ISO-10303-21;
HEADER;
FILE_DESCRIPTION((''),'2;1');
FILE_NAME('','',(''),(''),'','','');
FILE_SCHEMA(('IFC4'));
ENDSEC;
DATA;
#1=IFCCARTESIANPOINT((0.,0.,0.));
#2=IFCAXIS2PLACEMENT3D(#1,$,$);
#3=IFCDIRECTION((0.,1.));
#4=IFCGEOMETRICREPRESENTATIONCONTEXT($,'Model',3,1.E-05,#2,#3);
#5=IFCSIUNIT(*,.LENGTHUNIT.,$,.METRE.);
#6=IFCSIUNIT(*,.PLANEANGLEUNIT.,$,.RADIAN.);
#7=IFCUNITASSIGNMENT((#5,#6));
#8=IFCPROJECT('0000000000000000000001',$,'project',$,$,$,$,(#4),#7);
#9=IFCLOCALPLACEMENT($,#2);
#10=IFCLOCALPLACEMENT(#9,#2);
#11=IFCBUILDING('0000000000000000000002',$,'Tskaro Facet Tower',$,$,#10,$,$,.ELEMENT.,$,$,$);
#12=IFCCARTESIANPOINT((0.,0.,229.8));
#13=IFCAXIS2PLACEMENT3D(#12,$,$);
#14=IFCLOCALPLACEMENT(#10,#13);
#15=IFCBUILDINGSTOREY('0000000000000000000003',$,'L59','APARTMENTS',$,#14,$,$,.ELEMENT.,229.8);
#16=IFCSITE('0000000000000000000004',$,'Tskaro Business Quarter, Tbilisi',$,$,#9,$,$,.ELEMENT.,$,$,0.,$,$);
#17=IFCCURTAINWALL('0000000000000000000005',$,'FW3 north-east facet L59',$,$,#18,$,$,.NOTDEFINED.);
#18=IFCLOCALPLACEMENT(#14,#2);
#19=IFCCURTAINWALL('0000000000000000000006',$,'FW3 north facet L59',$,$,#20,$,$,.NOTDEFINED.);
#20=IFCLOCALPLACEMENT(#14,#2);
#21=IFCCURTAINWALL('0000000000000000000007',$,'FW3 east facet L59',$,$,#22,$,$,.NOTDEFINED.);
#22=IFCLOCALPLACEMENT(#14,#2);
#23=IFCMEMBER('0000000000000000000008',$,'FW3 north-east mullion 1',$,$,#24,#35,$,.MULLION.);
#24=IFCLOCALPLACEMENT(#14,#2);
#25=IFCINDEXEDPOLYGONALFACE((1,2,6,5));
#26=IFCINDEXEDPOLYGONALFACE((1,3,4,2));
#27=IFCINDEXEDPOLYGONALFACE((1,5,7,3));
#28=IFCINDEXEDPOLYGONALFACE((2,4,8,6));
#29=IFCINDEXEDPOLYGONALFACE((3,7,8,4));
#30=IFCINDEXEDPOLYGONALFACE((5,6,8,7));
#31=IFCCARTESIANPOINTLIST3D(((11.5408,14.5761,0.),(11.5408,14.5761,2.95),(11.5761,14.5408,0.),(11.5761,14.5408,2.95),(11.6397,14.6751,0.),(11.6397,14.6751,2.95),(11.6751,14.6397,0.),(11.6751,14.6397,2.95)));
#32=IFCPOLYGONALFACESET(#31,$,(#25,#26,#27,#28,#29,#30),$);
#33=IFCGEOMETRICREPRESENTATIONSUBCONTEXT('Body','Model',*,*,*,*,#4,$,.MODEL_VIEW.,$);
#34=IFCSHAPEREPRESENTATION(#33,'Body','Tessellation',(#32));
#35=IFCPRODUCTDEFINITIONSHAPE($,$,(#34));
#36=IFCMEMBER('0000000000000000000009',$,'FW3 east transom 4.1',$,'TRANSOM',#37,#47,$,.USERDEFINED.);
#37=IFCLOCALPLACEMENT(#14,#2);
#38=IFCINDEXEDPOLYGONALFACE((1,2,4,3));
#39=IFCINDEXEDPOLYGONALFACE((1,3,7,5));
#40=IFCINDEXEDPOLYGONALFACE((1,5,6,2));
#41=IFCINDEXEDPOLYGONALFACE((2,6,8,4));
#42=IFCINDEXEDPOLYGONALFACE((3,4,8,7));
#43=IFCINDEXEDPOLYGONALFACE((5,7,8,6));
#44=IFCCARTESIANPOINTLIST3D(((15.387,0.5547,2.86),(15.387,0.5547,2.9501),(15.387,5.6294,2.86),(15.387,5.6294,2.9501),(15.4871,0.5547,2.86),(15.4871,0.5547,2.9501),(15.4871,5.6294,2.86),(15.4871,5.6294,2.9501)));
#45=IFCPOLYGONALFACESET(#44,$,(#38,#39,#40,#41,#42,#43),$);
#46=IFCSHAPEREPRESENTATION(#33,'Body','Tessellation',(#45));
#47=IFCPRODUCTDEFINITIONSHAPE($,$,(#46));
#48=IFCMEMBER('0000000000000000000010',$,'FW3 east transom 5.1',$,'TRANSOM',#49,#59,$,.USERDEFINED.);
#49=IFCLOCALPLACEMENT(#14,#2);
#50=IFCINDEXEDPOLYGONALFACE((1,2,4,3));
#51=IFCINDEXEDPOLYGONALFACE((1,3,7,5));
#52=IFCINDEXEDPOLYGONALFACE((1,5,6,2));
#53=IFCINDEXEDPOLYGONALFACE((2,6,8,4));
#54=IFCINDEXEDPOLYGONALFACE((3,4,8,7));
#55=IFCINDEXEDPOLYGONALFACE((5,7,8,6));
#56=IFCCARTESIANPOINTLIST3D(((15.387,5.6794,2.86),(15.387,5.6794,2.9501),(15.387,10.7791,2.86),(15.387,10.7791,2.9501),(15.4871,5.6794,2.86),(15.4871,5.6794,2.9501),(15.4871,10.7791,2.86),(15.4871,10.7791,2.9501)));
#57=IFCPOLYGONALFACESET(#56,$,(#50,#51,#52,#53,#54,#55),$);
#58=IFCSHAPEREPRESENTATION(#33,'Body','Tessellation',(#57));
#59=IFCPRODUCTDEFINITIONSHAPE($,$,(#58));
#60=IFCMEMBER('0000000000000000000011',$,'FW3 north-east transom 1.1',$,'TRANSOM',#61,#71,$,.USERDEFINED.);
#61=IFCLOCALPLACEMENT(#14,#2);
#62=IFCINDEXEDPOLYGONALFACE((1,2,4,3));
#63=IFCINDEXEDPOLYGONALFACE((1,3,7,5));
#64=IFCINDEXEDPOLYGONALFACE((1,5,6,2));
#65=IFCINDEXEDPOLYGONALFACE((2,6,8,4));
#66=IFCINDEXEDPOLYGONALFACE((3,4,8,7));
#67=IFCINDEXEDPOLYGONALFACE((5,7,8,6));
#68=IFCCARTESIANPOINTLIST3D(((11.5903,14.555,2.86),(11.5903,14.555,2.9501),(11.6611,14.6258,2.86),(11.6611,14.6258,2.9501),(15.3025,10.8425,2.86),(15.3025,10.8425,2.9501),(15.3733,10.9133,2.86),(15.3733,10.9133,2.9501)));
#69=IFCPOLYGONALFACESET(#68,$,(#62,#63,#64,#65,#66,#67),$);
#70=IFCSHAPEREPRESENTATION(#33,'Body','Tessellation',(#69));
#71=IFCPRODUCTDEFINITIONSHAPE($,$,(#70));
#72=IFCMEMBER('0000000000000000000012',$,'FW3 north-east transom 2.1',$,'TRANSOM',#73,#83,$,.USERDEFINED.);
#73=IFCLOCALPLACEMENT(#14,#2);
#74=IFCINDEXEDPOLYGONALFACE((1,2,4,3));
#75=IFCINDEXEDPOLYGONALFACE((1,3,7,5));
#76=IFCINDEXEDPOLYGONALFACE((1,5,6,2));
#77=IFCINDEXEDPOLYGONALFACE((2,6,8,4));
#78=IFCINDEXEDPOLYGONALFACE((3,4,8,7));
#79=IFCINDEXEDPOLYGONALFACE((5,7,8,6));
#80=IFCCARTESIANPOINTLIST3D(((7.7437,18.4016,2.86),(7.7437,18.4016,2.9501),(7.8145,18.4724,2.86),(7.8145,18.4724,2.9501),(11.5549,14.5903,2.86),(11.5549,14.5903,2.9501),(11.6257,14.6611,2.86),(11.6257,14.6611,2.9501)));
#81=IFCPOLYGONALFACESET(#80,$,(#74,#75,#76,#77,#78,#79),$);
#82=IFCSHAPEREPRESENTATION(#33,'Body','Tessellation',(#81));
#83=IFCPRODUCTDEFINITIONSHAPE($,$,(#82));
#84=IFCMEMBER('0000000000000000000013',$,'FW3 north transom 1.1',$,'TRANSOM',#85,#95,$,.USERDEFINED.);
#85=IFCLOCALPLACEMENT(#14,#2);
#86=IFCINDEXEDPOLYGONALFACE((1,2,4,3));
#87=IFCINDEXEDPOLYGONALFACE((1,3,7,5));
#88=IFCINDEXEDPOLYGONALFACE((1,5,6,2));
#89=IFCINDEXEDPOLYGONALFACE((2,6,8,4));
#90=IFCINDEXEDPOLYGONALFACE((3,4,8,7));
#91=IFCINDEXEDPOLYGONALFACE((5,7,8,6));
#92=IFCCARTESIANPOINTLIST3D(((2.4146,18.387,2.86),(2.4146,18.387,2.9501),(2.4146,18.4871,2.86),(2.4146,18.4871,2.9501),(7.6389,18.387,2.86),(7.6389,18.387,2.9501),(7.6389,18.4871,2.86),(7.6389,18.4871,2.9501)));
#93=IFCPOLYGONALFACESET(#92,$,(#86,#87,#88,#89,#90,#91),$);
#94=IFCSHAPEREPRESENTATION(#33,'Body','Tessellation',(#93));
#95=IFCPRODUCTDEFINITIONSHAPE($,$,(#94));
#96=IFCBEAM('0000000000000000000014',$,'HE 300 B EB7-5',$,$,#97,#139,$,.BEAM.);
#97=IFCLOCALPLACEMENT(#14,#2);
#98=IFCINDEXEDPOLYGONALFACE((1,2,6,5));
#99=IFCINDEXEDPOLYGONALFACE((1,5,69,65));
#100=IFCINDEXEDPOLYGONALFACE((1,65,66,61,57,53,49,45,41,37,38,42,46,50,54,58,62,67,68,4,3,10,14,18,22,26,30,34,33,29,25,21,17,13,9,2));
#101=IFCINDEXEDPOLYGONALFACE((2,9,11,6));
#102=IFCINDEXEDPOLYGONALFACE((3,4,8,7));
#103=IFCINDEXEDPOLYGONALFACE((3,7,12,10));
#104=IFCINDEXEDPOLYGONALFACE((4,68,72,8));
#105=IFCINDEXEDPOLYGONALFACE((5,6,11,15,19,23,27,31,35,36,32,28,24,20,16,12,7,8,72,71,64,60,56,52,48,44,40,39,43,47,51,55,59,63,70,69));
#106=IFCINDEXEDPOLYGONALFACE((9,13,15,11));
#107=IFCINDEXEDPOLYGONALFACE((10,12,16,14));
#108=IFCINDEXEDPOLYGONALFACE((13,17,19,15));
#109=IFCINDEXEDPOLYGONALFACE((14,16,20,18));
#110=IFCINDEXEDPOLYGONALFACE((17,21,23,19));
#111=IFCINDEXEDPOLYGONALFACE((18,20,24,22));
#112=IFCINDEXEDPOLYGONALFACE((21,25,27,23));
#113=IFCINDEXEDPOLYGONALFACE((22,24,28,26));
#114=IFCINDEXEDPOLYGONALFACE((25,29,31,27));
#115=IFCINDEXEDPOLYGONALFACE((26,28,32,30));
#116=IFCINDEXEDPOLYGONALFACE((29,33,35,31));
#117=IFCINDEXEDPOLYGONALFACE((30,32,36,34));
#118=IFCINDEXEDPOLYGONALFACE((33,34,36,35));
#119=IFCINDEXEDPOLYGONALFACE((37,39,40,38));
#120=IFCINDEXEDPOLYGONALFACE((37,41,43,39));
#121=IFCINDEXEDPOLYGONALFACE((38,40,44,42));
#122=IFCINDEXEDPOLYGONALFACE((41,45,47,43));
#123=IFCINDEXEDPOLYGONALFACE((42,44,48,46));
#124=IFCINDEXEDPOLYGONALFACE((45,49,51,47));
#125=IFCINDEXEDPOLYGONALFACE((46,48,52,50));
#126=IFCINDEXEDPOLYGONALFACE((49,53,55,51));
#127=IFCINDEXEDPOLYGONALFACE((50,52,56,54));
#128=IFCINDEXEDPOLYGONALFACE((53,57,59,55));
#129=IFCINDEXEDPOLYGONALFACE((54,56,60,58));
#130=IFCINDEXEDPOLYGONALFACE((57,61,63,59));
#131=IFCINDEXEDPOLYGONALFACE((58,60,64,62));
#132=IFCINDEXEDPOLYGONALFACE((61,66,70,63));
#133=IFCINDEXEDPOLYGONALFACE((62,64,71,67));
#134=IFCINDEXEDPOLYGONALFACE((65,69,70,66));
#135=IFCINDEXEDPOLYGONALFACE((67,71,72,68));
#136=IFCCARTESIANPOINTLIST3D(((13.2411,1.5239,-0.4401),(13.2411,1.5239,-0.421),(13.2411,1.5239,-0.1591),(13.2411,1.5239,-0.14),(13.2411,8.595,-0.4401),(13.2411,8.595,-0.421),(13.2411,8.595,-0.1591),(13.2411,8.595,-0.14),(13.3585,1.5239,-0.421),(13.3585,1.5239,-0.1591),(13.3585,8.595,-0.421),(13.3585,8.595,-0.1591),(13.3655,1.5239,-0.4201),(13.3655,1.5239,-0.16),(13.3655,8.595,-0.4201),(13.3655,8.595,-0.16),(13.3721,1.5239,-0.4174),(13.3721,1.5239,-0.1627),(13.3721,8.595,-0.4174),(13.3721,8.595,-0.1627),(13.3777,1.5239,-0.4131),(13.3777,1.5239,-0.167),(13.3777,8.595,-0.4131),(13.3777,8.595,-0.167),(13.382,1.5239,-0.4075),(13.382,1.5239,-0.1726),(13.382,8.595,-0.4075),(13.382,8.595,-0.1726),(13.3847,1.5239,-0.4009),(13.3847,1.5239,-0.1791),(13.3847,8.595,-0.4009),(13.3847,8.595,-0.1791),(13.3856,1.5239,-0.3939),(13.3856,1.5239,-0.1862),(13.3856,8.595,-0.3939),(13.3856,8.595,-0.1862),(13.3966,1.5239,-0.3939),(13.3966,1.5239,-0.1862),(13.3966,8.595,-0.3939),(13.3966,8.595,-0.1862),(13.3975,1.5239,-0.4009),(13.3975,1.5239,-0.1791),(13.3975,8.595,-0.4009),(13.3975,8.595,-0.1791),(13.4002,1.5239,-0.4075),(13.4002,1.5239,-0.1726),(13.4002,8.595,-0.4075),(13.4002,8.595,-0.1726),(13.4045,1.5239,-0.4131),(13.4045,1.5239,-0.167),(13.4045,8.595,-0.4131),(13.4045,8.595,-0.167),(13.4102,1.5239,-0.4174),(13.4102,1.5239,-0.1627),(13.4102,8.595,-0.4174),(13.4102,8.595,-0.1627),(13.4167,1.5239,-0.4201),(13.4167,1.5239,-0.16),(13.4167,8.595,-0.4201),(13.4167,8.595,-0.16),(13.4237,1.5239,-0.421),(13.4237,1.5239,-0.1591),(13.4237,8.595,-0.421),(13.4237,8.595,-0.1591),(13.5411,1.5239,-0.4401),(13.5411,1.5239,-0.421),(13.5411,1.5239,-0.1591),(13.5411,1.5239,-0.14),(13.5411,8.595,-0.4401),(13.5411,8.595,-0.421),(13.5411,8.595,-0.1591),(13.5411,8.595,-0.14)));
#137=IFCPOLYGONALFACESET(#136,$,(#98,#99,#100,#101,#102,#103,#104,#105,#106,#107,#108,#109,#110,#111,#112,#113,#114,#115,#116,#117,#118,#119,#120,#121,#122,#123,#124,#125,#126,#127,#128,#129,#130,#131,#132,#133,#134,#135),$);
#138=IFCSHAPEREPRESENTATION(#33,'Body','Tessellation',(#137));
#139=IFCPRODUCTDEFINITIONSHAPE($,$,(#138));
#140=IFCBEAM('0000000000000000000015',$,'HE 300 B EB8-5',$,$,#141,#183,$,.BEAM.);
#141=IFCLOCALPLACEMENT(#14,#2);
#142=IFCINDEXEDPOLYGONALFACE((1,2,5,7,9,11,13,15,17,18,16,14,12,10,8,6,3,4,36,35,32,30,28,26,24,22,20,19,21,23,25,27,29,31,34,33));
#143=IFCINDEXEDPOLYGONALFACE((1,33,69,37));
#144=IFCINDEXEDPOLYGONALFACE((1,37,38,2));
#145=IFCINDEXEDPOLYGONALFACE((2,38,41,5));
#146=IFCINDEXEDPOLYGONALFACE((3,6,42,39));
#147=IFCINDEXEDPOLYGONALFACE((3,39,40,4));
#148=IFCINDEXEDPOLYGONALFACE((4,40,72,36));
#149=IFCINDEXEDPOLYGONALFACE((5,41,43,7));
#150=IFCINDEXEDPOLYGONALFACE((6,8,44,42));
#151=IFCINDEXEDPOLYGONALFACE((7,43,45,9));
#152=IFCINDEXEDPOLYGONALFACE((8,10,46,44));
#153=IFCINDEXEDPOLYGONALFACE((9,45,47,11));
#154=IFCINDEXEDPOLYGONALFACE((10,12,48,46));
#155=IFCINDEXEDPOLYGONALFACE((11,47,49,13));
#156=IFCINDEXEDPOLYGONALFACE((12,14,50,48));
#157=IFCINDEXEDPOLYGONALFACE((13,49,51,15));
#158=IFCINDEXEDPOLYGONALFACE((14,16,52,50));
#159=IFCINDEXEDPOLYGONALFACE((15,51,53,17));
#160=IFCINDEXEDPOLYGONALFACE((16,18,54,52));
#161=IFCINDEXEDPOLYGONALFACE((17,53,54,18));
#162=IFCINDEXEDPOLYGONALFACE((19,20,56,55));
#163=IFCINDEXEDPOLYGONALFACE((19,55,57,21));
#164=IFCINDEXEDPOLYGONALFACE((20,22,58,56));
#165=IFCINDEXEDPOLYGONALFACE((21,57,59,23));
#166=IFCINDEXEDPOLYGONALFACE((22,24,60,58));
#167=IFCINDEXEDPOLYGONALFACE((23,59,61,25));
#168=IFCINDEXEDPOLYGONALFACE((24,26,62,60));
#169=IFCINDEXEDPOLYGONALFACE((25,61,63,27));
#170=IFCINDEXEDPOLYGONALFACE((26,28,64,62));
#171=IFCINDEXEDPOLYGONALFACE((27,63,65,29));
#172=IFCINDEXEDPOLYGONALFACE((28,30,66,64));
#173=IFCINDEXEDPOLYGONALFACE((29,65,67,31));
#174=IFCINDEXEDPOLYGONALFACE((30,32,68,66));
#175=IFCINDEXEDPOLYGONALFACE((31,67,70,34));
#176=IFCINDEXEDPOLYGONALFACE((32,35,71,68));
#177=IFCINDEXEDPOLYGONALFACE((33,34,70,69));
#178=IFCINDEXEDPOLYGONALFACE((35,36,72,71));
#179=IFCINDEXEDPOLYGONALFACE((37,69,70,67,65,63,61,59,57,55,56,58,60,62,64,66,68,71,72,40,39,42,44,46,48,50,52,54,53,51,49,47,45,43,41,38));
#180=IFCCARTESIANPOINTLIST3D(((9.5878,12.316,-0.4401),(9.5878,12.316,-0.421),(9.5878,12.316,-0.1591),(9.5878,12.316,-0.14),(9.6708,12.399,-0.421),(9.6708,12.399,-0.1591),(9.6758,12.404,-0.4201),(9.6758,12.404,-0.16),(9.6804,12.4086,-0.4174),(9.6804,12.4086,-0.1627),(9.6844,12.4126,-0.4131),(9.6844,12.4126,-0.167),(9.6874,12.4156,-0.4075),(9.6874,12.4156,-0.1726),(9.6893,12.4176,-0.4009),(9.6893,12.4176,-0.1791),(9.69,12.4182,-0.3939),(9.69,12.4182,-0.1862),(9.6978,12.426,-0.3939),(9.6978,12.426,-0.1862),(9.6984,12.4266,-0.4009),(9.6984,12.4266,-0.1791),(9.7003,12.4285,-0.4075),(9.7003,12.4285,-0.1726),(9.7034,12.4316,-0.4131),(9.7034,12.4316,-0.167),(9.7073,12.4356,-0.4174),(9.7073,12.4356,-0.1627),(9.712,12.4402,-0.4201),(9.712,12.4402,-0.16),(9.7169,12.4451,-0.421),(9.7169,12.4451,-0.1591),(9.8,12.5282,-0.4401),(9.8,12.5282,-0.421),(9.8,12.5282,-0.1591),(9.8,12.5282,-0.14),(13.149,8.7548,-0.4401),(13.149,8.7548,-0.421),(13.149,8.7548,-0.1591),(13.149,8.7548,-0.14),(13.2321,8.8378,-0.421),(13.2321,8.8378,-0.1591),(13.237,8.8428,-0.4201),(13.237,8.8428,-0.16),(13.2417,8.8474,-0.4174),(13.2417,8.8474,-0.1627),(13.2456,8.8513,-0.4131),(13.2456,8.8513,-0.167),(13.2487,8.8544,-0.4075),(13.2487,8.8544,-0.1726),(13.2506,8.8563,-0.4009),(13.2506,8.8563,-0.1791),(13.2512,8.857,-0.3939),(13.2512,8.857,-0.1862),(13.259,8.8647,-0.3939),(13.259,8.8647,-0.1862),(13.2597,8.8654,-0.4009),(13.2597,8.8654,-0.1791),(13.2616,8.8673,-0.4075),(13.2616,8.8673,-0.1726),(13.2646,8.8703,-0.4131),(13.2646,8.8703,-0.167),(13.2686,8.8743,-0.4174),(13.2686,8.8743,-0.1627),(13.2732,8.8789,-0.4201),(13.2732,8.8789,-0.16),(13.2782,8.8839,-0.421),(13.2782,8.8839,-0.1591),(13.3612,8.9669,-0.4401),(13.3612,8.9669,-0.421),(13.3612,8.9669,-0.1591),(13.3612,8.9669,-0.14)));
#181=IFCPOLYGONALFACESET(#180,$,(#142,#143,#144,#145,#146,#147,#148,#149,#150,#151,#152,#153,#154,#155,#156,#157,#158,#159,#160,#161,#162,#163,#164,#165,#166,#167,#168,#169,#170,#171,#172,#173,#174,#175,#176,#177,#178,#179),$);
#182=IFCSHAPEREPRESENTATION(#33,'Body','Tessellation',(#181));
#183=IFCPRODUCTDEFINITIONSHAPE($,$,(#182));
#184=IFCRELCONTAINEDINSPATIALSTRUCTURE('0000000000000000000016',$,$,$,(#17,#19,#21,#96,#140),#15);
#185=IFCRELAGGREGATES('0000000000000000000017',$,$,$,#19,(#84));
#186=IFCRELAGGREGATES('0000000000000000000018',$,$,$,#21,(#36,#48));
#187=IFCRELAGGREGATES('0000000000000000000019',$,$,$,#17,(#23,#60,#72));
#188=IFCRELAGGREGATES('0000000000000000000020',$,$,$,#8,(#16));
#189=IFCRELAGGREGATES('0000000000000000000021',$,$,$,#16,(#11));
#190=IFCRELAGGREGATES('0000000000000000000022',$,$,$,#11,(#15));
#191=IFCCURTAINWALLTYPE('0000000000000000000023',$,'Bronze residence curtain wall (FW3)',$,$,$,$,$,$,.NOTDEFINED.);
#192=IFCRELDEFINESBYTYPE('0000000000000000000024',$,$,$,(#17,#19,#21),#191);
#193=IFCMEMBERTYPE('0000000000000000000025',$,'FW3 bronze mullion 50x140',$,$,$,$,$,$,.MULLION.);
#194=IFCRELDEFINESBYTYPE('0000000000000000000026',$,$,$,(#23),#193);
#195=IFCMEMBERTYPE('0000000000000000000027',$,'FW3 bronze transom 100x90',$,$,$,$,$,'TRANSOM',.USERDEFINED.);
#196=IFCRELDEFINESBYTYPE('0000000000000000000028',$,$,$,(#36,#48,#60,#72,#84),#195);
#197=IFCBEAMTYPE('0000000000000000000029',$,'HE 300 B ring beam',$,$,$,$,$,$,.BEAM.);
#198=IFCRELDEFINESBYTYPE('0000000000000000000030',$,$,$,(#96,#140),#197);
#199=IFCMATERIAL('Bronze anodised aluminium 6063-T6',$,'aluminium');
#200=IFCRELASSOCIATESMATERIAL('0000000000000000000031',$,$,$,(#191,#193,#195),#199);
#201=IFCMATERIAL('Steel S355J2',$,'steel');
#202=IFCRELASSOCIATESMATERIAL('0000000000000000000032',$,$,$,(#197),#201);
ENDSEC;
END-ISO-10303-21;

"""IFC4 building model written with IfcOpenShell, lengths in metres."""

from ifc_helpers import new_model, si_unit, direction, frame, origin, origin_2d, place, context, subcontext, project, spatial, rectangle, i_section, extrude, material, material_profile, profile_set, type_object, element, aggregate, save


model = new_model("IFC4")

# Units and contexts
model_context = context("Model", 3, precision=1e-05, world=origin(), true_north=direction((0.0, 1.0)))
body_context = subcontext(model_context, "Body", "Model", "MODEL_VIEW")
ifc_project = project(units=[si_unit("LENGTHUNIT", "METRE"), si_unit("PLANEANGLEUNIT", "RADIAN")], contexts=[model_context])

# Site, building, storey
site_placement = place(None, origin())
site = spatial("IfcSite", under=ifc_project, at=site_placement, Name="Tskaro Business Quarter, Tbilisi", CompositionType="ELEMENT", RefElevation=0.0)
building_placement = place(site_placement, origin())
building = spatial("IfcBuilding", under=site, at=building_placement, Name="Tskaro Facet Tower", CompositionType="ELEMENT")
storey_placement = place(building_placement, frame((0.0, 0.0, 229.8)))
storey = spatial("IfcBuildingStorey", under=building, at=storey_placement, Name="L59", Description="APARTMENTS", CompositionType="ELEMENT", Elevation=229.8)

# Shared definitions
ifc_material_1 = material(Name="Steel S355J2", Category="steel")

# Curtain walls
ifc_material_2 = material(Name="Bronze anodised aluminium 6063-T6", Category="aluminium")
curtain_wall_type = type_object("IfcCurtainWallType", Name="Bronze residence curtain wall (FW3)", PredefinedType="NOTDEFINED", material=ifc_material_2)
curtain_wall_1_placement = place(storey_placement, origin())
curtain_wall_1 = element("IfcCurtainWall", 1, at=curtain_wall_1_placement, inside=storey, type_object=curtain_wall_type, Name="FW3 north-east facet L59", PredefinedType="NOTDEFINED")
curtain_wall_2_placement = place(storey_placement, origin())
curtain_wall_2 = element("IfcCurtainWall", 2, at=curtain_wall_2_placement, inside=storey, type_object=curtain_wall_type, Name="FW3 north facet L59", PredefinedType="NOTDEFINED")

# Curtain wall
curtain_wall_3_placement = place(storey_placement, origin())
curtain_wall_3 = element("IfcCurtainWall", 3, at=curtain_wall_3_placement, inside=storey, type_object=curtain_wall_type, Name="FW3 east facet L59", PredefinedType="NOTDEFINED")
ifc_material_profile_1 = material_profile(ifc_material_2, rectangle(XDim=0.05, YDim=0.1399, at=origin_2d()), Name="Mullion 50x140")
ifc_profile_set_1 = profile_set([ifc_material_profile_1], Name="Bronze anodised aluminium 6063-T6")
member_type_1 = type_object("IfcMemberType", Name="FW3 bronze mullion 50x140", PredefinedType="MULLION", material=ifc_profile_set_1)

# Members
member_1_placement = place(storey_placement, frame((11.6079, 14.6079, 0.0), z_axis=(0.0, 0.0, 1.0), x_axis=(-0.707107, 0.707107, 0.0)))
member_1 = element("IfcMember", 4, at=member_1_placement, type_object=member_type_1, Name="FW3 north-east mullion 1", PredefinedType="MULLION", context=body_context, shape_type="SweptSolid", body=[
    extrude(rectangle(XDim=0.05, YDim=0.1399, at=origin_2d()), origin(), (0.0, 0.0, 1.0), 2.95),
])
ifc_material_profile_2 = material_profile(ifc_material_2, rectangle(XDim=0.1001, YDim=0.0901, at=origin_2d()), Name="Transom 100x90")
ifc_profile_set_2 = profile_set([ifc_material_profile_2], Name="Bronze anodised aluminium 6063-T6")
member_type_2 = type_object("IfcMemberType", Name="FW3 bronze transom 100x90", ElementType="TRANSOM", PredefinedType="USERDEFINED", material=ifc_profile_set_2)
member_2_placement = place(storey_placement, frame((15.437, 0.5547, 2.905), z_axis=(0.0, 1.0, 0.0), x_axis=(-1.0, 0.0, 0.0)))
member_2 = element("IfcMember", 5, at=member_2_placement, type_object=member_type_2, Name="FW3 east transom 4.1", ObjectType="TRANSOM", PredefinedType="USERDEFINED", context=body_context, shape_type="SweptSolid", body=[
    extrude(rectangle(XDim=0.1001, YDim=0.0901, at=origin_2d()), origin(), (0.0, 0.0, 1.0), 5.0747),
])
member_3_placement = place(storey_placement, frame((15.437, 5.6794, 2.905), z_axis=(0.0, 1.0, 0.0), x_axis=(-1.0, 0.0, 0.0)))
member_3 = element("IfcMember", 6, at=member_3_placement, type_object=member_type_2, Name="FW3 east transom 5.1", ObjectType="TRANSOM", PredefinedType="USERDEFINED", context=body_context, shape_type="SweptSolid", body=[
    extrude(rectangle(XDim=0.1001, YDim=0.0901, at=origin_2d()), origin(), (0.0, 0.0, 1.0), 5.0996),
])
member_4_placement = place(storey_placement, frame((15.3379, 10.8779, 2.905), z_axis=(-0.707084, 0.70713, 0.0), x_axis=(-0.70713, -0.707084, 0.0)))
member_4 = element("IfcMember", 7, at=member_4_placement, type_object=member_type_2, Name="FW3 north-east transom 1.1", ObjectType="TRANSOM", PredefinedType="USERDEFINED", context=body_context, shape_type="SweptSolid", body=[
    extrude(rectangle(XDim=0.1001, YDim=0.0901, at=origin_2d()), origin(), (0.0, 0.0, 1.0), 5.25),
])
member_5_placement = place(storey_placement, frame((11.5903, 14.6257, 2.905), z_axis=(-0.707107, 0.707107, 0.0), x_axis=(-0.707107, -0.707107, 0.0)))
member_5 = element("IfcMember", 8, at=member_5_placement, type_object=member_type_2, Name="FW3 north-east transom 2.1", ObjectType="TRANSOM", PredefinedType="USERDEFINED", context=body_context, shape_type="SweptSolid", body=[
    extrude(rectangle(XDim=0.1001, YDim=0.0901, at=origin_2d()), origin(), (0.0, 0.0, 1.0), 5.3899),
])
member_6_placement = place(storey_placement, frame((7.6389, 18.437, 2.905), z_axis=(-1.0, 0.0, 0.0), x_axis=(0.0, -1.0, 0.0)))
member_6 = element("IfcMember", 9, at=member_6_placement, type_object=member_type_2, Name="FW3 north transom 1.1", ObjectType="TRANSOM", PredefinedType="USERDEFINED", context=body_context, shape_type="SweptSolid", body=[
    extrude(rectangle(XDim=0.1001, YDim=0.0901, at=origin_2d()), origin(), (0.0, 0.0, 1.0), 5.2244),
])
aggregate(curtain_wall_2, [member_6])

# Beams
ifc_material_profile_3 = material_profile(ifc_material_1, i_section(OverallWidth=0.3, OverallDepth=0.3, WebThickness=0.011, FlangeThickness=0.019, FilletRadius=0.0271, at=origin_2d()), Name="HE 300 B")
ifc_profile_set_3 = profile_set([ifc_material_profile_3], Name="Steel S355J2")
beam_type = type_object("IfcBeamType", Name="HE 300 B ring beam", PredefinedType="BEAM", material=ifc_profile_set_3)
beam_placement = place(storey_placement, frame((13.3911, 1.5239, -0.29), z_axis=(0.0, 1.0, 0.0), x_axis=(-1.0, 0.0, 0.0)))
element("IfcBeam", 10, at=beam_placement, inside=storey, type_object=beam_type, Name="HE 300 B EB7-5", PredefinedType="BEAM", context=body_context, shape_type="SweptSolid", body=[
    extrude(i_section(OverallWidth=0.3, OverallDepth=0.3, WebThickness=0.011, FlangeThickness=0.019, FilletRadius=0.0271, at=origin_2d()), origin(), (0.0, 0.0, 1.0), 7.071),
])
for number, where, z_axis, x_axis, name in (
    (11, (13.2551, 8.8608, -0.29), (-0.707107, 0.707107, 0.0), (-0.707107, -0.707107, 0.0), "HE 300 B EB8-5"),
):
    element("IfcBeam", number, at=place(storey_placement, frame(where, z_axis=z_axis, x_axis=x_axis)), inside=storey, type_object=beam_type, Name=name, PredefinedType="BEAM", context=body_context, shape_type="SweptSolid", body=[
        extrude(i_section(OverallWidth=0.3, OverallDepth=0.3, WebThickness=0.011, FlangeThickness=0.019, FilletRadius=0.0271, at=origin_2d()), origin(), (0.0, 0.0, 1.0), 5.0364),
    ])

aggregate(curtain_wall_3, [member_2, member_3])
aggregate(curtain_wall_1, [member_1, member_4, member_5])

save(model, "model.ifc")
